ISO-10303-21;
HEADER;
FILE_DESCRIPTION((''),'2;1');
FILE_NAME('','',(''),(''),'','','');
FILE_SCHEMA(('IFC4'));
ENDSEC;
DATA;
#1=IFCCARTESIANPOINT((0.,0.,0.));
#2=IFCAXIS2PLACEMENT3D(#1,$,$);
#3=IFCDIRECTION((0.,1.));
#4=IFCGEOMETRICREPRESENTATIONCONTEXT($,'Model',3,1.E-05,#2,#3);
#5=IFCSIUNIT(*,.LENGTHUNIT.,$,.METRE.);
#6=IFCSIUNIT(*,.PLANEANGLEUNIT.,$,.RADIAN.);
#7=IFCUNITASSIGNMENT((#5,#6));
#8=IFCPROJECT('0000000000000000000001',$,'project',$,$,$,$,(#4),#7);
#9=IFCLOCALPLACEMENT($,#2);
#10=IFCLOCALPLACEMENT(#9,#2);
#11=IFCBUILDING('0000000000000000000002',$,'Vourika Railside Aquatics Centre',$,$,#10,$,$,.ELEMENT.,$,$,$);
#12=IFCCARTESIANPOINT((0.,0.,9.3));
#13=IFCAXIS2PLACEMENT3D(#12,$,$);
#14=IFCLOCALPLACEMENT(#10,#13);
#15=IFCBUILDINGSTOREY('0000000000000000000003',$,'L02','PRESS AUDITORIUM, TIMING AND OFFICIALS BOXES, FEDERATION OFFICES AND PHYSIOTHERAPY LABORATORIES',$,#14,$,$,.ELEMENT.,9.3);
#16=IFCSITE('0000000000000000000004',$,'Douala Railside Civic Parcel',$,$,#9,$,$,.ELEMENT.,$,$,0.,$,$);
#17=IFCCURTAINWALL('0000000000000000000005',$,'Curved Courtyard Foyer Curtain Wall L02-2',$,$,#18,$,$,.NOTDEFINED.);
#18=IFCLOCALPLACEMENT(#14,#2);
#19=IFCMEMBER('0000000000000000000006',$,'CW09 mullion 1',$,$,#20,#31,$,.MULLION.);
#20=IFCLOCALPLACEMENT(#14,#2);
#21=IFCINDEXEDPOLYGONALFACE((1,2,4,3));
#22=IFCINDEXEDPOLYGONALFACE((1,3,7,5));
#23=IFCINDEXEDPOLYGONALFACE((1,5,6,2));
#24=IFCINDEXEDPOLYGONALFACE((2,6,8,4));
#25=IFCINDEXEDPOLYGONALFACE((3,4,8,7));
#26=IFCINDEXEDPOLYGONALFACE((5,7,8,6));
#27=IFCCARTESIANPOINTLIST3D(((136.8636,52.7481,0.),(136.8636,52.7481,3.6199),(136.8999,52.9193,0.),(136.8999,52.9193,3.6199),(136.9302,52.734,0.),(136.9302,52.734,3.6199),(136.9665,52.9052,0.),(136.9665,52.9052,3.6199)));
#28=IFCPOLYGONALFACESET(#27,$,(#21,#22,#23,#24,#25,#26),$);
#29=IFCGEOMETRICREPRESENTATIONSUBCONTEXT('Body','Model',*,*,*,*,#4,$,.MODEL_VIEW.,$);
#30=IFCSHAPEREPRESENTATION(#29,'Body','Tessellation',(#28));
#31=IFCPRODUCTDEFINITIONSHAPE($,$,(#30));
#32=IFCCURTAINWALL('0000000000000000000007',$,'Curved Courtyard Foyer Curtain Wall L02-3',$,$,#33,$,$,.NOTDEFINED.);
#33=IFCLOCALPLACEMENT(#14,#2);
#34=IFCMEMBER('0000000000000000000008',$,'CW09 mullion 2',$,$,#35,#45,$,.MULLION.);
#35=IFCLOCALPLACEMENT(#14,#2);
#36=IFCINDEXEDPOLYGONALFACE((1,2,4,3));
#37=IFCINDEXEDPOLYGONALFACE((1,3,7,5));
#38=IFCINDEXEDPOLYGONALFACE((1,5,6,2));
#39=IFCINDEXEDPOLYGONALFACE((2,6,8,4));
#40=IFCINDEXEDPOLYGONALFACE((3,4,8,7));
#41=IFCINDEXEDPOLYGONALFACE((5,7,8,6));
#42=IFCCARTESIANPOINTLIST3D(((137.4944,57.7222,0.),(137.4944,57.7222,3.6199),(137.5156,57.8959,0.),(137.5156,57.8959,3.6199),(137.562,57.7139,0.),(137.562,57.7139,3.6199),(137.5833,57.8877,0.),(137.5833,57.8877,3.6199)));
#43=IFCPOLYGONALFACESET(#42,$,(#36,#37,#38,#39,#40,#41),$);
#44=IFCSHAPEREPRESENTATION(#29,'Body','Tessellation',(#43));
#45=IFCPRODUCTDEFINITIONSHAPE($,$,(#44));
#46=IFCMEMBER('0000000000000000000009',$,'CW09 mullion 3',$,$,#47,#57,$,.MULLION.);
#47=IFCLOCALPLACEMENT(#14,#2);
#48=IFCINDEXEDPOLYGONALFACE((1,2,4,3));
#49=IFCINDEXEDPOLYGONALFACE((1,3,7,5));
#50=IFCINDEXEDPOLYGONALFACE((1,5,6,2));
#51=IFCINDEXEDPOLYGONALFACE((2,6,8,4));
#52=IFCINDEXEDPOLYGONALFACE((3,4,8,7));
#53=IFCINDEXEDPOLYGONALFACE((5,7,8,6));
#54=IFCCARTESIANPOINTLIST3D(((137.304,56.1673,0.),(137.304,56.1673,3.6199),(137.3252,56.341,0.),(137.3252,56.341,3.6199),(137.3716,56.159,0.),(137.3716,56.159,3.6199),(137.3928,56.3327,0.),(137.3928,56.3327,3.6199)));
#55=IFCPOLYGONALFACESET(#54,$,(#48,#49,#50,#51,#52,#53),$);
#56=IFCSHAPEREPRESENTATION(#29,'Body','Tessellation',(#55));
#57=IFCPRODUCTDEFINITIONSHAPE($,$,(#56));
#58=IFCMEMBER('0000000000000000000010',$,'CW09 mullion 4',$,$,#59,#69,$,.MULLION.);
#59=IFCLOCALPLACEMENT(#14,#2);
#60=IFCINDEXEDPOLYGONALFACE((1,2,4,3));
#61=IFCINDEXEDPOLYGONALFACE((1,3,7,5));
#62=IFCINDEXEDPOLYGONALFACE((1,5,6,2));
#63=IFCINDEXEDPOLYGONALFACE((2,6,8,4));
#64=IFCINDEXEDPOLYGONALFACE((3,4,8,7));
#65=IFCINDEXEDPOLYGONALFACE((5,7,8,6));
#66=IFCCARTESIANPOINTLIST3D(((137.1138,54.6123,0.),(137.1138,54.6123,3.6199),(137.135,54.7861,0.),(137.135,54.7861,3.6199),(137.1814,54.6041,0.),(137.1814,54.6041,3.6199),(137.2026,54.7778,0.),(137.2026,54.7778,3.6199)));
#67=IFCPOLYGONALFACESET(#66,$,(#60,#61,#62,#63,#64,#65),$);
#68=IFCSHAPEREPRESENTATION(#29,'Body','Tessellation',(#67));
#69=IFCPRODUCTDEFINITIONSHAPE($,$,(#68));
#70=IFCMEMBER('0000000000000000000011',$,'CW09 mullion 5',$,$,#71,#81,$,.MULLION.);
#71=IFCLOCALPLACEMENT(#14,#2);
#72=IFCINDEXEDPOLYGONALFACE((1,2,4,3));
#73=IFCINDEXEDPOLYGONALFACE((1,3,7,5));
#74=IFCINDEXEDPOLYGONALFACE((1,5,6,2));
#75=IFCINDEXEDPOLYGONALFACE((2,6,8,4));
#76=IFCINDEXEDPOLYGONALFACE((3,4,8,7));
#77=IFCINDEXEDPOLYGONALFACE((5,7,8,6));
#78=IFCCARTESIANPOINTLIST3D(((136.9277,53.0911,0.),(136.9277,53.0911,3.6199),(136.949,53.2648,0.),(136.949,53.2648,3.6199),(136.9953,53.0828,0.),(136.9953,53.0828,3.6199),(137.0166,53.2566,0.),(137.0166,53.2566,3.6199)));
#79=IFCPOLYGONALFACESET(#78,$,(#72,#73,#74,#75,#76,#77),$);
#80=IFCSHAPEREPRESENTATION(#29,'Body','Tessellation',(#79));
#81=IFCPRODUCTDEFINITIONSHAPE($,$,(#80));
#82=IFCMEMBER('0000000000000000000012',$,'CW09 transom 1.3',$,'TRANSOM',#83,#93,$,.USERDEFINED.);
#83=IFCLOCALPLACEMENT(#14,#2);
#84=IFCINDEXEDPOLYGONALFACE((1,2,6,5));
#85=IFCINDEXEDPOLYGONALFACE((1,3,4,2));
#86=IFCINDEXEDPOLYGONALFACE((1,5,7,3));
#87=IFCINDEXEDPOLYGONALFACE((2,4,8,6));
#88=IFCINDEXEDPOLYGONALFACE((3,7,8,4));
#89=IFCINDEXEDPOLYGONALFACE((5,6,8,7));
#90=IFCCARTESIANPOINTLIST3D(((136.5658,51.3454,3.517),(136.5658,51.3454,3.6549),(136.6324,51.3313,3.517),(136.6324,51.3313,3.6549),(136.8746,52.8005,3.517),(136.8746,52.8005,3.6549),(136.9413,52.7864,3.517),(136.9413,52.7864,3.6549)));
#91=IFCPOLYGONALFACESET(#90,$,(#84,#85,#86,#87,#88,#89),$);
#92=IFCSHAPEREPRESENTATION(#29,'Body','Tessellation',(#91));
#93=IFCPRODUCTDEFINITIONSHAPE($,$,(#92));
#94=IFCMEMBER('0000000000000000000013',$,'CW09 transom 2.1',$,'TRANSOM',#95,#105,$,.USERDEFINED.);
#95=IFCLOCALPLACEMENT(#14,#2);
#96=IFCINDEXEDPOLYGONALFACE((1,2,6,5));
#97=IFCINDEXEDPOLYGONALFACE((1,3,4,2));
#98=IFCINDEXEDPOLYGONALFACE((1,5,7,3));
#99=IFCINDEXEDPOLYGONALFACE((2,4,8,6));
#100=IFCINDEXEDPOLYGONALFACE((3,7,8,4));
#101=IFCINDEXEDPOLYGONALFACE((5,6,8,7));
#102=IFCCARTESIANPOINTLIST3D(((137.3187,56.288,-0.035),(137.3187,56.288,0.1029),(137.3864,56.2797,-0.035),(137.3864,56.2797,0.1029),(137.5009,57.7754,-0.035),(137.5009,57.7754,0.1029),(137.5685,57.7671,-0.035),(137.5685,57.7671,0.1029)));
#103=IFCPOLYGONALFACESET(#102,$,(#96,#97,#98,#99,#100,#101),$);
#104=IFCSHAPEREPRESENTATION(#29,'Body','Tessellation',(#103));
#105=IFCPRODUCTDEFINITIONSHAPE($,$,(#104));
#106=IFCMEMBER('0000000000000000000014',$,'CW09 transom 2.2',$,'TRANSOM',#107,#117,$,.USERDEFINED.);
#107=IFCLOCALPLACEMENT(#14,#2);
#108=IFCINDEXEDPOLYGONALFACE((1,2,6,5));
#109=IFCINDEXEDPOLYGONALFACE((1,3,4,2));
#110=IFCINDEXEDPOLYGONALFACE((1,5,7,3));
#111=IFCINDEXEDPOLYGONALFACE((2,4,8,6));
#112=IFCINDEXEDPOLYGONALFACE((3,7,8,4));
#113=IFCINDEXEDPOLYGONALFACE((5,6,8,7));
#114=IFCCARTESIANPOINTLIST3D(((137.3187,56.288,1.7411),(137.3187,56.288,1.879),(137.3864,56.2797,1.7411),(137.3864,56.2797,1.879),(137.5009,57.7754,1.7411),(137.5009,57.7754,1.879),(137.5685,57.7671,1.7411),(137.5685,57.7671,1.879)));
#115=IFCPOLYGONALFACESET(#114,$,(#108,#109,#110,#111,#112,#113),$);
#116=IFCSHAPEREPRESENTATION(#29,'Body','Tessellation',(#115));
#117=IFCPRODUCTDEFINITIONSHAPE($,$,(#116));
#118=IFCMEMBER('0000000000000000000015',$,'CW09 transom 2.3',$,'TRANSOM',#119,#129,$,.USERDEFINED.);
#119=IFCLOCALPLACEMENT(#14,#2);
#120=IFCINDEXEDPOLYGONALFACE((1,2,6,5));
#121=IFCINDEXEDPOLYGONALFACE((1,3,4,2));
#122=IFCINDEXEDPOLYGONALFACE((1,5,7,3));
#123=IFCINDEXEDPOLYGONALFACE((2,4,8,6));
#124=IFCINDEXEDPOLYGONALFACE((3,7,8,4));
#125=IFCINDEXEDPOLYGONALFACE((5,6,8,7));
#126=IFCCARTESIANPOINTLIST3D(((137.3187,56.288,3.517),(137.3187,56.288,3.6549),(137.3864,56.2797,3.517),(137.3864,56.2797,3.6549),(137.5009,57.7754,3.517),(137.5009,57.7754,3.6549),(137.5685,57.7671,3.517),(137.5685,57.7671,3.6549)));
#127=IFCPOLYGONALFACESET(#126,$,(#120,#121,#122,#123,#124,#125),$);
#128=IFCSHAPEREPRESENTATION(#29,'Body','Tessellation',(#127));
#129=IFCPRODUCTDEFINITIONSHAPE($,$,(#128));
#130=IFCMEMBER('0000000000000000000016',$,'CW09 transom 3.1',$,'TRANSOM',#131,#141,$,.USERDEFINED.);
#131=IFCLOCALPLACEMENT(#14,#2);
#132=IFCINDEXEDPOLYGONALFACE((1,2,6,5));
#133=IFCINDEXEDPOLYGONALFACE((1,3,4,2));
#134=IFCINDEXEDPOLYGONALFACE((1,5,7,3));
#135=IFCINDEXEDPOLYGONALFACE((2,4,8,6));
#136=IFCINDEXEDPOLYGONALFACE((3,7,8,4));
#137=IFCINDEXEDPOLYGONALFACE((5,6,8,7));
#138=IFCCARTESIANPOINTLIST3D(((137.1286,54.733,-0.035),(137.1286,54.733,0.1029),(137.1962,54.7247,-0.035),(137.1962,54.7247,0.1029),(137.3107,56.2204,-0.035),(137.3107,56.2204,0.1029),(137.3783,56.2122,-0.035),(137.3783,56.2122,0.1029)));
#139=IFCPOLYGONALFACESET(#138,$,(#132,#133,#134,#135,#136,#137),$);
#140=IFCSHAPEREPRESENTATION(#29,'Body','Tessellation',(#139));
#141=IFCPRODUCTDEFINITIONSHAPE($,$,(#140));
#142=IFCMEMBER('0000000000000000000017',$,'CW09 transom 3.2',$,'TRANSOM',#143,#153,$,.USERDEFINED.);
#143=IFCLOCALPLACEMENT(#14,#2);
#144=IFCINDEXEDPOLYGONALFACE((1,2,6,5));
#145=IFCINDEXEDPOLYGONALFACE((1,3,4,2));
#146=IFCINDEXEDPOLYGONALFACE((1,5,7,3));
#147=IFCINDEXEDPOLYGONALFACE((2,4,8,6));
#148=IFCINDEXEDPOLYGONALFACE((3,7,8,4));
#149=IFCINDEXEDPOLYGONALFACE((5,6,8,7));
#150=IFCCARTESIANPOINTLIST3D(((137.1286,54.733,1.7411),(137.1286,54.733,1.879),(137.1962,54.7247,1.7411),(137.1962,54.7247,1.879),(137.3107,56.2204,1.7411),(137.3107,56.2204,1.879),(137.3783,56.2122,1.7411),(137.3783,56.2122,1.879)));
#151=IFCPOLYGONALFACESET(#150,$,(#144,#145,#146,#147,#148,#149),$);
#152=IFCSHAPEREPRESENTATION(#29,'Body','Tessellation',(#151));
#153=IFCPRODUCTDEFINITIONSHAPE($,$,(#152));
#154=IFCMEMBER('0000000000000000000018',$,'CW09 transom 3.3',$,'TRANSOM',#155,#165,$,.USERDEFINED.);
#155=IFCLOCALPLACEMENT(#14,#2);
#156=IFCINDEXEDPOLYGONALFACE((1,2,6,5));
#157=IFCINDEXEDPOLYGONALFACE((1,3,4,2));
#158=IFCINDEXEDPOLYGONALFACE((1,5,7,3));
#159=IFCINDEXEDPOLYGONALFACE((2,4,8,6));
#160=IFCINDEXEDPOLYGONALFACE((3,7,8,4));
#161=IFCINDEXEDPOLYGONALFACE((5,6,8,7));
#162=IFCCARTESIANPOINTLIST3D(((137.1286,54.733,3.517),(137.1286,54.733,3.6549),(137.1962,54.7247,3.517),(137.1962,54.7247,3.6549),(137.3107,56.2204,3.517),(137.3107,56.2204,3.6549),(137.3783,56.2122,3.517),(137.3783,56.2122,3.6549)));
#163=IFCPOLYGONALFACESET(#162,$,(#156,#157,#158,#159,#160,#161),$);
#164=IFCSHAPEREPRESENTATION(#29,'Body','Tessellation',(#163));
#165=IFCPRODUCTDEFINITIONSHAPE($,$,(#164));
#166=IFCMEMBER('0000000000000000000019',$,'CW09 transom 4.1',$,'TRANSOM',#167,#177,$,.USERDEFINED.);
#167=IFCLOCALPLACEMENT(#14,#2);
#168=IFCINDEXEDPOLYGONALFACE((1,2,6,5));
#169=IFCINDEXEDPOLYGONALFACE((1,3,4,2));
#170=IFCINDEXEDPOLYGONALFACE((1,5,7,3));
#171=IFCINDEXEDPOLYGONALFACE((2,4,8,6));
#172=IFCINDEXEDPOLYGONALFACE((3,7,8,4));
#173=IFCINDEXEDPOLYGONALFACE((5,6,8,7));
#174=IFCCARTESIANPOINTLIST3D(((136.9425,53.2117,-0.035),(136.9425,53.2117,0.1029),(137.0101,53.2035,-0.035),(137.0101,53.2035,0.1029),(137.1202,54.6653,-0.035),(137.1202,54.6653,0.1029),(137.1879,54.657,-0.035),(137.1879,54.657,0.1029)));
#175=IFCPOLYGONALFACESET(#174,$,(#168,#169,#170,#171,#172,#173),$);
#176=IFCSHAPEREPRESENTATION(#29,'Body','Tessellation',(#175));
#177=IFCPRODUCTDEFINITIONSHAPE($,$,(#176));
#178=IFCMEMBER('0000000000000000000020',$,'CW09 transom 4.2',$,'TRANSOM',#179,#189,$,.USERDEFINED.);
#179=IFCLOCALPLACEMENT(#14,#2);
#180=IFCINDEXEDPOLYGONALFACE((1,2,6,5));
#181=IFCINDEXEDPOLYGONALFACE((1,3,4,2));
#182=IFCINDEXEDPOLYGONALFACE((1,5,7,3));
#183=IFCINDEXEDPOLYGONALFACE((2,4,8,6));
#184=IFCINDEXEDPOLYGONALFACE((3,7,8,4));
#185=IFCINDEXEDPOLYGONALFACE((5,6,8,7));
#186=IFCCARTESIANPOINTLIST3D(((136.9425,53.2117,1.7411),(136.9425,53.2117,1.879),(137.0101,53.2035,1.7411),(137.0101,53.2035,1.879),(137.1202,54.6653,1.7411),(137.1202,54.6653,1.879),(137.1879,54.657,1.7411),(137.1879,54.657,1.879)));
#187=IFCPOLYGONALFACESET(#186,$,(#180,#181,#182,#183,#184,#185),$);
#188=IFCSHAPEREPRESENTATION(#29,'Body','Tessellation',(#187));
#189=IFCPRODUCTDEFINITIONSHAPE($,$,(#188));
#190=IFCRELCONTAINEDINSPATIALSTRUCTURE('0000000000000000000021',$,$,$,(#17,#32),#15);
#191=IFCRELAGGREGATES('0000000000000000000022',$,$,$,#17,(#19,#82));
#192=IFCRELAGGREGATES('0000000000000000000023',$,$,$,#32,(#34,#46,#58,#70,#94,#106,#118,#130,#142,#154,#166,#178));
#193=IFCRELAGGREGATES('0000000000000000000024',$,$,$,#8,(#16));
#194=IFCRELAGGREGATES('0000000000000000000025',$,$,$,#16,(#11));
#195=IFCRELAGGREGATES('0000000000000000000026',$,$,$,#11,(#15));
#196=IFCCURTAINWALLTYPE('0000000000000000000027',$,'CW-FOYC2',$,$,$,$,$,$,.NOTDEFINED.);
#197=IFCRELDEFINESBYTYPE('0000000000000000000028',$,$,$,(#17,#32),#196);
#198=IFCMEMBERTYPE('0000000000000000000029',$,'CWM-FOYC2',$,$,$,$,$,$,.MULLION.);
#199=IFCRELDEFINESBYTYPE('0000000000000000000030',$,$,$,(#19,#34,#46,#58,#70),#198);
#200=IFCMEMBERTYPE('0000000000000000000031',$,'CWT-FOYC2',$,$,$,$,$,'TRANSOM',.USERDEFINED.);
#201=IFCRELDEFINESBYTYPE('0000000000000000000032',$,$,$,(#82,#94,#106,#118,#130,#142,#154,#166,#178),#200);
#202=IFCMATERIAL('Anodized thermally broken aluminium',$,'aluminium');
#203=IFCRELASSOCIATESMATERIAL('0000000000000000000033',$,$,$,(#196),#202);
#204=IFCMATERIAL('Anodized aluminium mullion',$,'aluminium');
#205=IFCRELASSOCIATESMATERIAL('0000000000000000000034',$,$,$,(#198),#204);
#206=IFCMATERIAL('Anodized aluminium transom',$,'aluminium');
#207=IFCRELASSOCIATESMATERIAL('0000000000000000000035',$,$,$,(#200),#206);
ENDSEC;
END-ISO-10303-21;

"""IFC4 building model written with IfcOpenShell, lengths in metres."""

from ifc_helpers import new_model, si_unit, direction, frame, origin, origin_2d, place, context, subcontext, project, spatial, rectangle, extrude, material, material_profile, profile_set, type_object, element, aggregate, save


model = new_model("IFC4")

# Units and contexts
model_context = context("Model", 3, precision=1e-05, world=origin(), true_north=direction((0.0, 1.0)))
body_context = subcontext(model_context, "Body", "Model", "MODEL_VIEW")
ifc_project = project(units=[si_unit("LENGTHUNIT", "METRE"), si_unit("PLANEANGLEUNIT", "RADIAN")], contexts=[model_context])

# Site, building, storey
site_placement = place(None, origin())
site = spatial("IfcSite", under=ifc_project, at=site_placement, Name="Douala Railside Civic Parcel", CompositionType="ELEMENT", RefElevation=0.0)
building_placement = place(site_placement, origin())
building = spatial("IfcBuilding", under=site, at=building_placement, Name="Vourika Railside Aquatics Centre", CompositionType="ELEMENT")
storey_placement = place(building_placement, frame((0.0, 0.0, 9.3)))
storey = spatial("IfcBuildingStorey", under=building, at=storey_placement, Name="L02", Description="PRESS AUDITORIUM, TIMING AND OFFICIALS BOXES, FEDERATION OFFICES AND PHYSIOTHERAPY LABORATORIES", CompositionType="ELEMENT", Elevation=9.3)

# Curtain wall, member
ifc_material_1 = material(Name="Anodized thermally broken aluminium", Category="aluminium")
curtain_wall_type = type_object("IfcCurtainWallType", Name="CW-FOYC2", PredefinedType="NOTDEFINED", material=ifc_material_1)
curtain_wall_1_placement = place(storey_placement, origin())
curtain_wall_1 = element("IfcCurtainWall", 1, at=curtain_wall_1_placement, inside=storey, type_object=curtain_wall_type, Name="Curved Courtyard Foyer Curtain Wall L02-2", PredefinedType="NOTDEFINED")
ifc_material_2 = material(Name="Anodized aluminium mullion", Category="aluminium")
ifc_material_profile_1 = material_profile(ifc_material_2, rectangle(XDim=0.0681, YDim=0.175, at=origin_2d()), Name="ALU-M 68x175")
ifc_profile_set_1 = profile_set([ifc_material_profile_1], Name="Anodized aluminium mullion")
member_type_1 = type_object("IfcMemberType", Name="CWM-FOYC2", PredefinedType="MULLION", material=ifc_profile_set_1)
member_1_placement = place(storey_placement, frame((136.915, 52.8267, 0.0), z_axis=(0.0, 0.0, 1.0), x_axis=(0.978215, -0.207595, 0.0)))
member_1 = element("IfcMember", 2, at=member_1_placement, type_object=member_type_1, Name="CW09 mullion 1", PredefinedType="MULLION", context=body_context, shape_type="SweptSolid", body=[
    extrude(rectangle(XDim=0.0681, YDim=0.175, at=origin_2d()), origin(), (0.0, 0.0, 1.0), 3.6199),
])

# Curtain wall, members
curtain_wall_2_placement = place(storey_placement, origin())
curtain_wall_2 = element("IfcCurtainWall", 3, at=curtain_wall_2_placement, inside=storey, type_object=curtain_wall_type, Name="Curved Courtyard Foyer Curtain Wall L02-3", PredefinedType="NOTDEFINED")
member_2_placement = place(storey_placement, frame((137.5388, 57.8049, 0.0), z_axis=(0.0, 0.0, 1.0), x_axis=(0.992599, -0.121442, 0.0)))
member_2 = element("IfcMember", 4, at=member_2_placement, type_object=member_type_1, Name="CW09 mullion 2", PredefinedType="MULLION", context=body_context, shape_type="SweptSolid", body=[
    extrude(rectangle(XDim=0.0681, YDim=0.175, at=origin_2d()), origin(), (0.0, 0.0, 1.0), 3.6199),
])
member_3_placement = place(storey_placement, frame((137.3484, 56.25, 0.0), z_axis=(0.0, 0.0, 1.0), x_axis=(0.992599, -0.121442, 0.0)))
member_3 = element("IfcMember", 5, at=member_3_placement, type_object=member_type_1, Name="CW09 mullion 3", PredefinedType="MULLION", context=body_context, shape_type="SweptSolid", body=[
    extrude(rectangle(XDim=0.0681, YDim=0.175, at=origin_2d()), origin(), (0.0, 0.0, 1.0), 3.6199),
])
member_4_placement = place(storey_placement, frame((137.1582, 54.6951, 0.0), z_axis=(0.0, 0.0, 1.0), x_axis=(0.992599, -0.121442, 0.0)))
member_4 = element("IfcMember", 6, at=member_4_placement, type_object=member_type_1, Name="CW09 mullion 4", PredefinedType="MULLION", context=body_context, shape_type="SweptSolid", body=[
    extrude(rectangle(XDim=0.0681, YDim=0.175, at=origin_2d()), origin(), (0.0, 0.0, 1.0), 3.6199),
])
member_5_placement = place(storey_placement, frame((136.9722, 53.1738, 0.0), z_axis=(0.0, 0.0, 1.0), x_axis=(0.992599, -0.121442, 0.0)))
member_5 = element("IfcMember", 7, at=member_5_placement, type_object=member_type_1, Name="CW09 mullion 5", PredefinedType="MULLION", context=body_context, shape_type="SweptSolid", body=[
    extrude(rectangle(XDim=0.0681, YDim=0.175, at=origin_2d()), origin(), (0.0, 0.0, 1.0), 3.6199),
])

# Members
ifc_material_3 = material(Name="Anodized aluminium transom", Category="aluminium")
ifc_material_profile_2 = material_profile(ifc_material_3, rectangle(XDim=0.0681, YDim=0.1379, at=origin_2d()), Name="ALU-T 68x138")
ifc_profile_set_2 = profile_set([ifc_material_profile_2], Name="Anodized aluminium transom")
member_type_2 = type_object("IfcMemberType", Name="CWT-FOYC2", ElementType="TRANSOM", PredefinedType="USERDEFINED", material=ifc_profile_set_2)
member_6_placement = place(storey_placement, frame((136.908, 52.7935, 3.5859), z_axis=(-0.207623, -0.978209, 0.0), x_axis=(0.978209, -0.207623, 0.0)))
member_6 = element("IfcMember", 8, at=member_6_placement, type_object=member_type_2, Name="CW09 transom 1.3", ObjectType="TRANSOM", PredefinedType="USERDEFINED", context=body_context, shape_type="SweptSolid", body=[
    extrude(rectangle(XDim=0.0681, YDim=0.1379, at=origin_2d()), origin(), (0.0, 0.0, 1.0), 1.4875),
])
aggregate(curtain_wall_1, [member_1, member_6])
member_7_placement = place(storey_placement, frame((137.5347, 57.7712, 0.0339), z_axis=(-0.121528, -0.992588, 0.0), x_axis=(0.992588, -0.121528, 0.0)))
member_7 = element("IfcMember", 9, at=member_7_placement, type_object=member_type_2, Name="CW09 transom 2.1", ObjectType="TRANSOM", PredefinedType="USERDEFINED", context=body_context, shape_type="SweptSolid", body=[
    extrude(rectangle(XDim=0.0681, YDim=0.1379, at=origin_2d()), origin(), (0.0, 0.0, 1.0), 1.4985),
])
member_8_placement = place(storey_placement, frame((137.5347, 57.7712, 1.8101), z_axis=(-0.121528, -0.992588, 0.0), x_axis=(0.992588, -0.121528, 0.0)))
member_8 = element("IfcMember", 10, at=member_8_placement, type_object=member_type_2, Name="CW09 transom 2.2", ObjectType="TRANSOM", PredefinedType="USERDEFINED", context=body_context, shape_type="SweptSolid", body=[
    extrude(rectangle(XDim=0.0681, YDim=0.1379, at=origin_2d()), origin(), (0.0, 0.0, 1.0), 1.4985),
])
member_9_placement = place(storey_placement, frame((137.5347, 57.7712, 3.5859), z_axis=(-0.121528, -0.992588, 0.0), x_axis=(0.992588, -0.121528, 0.0)))
member_9 = element("IfcMember", 11, at=member_9_placement, type_object=member_type_2, Name="CW09 transom 2.3", ObjectType="TRANSOM", PredefinedType="USERDEFINED", context=body_context, shape_type="SweptSolid", body=[
    extrude(rectangle(XDim=0.0681, YDim=0.1379, at=origin_2d()), origin(), (0.0, 0.0, 1.0), 1.4985),
])
member_10_placement = place(storey_placement, frame((137.3445, 56.2163, 0.0339), z_axis=(-0.121528, -0.992588, 0.0), x_axis=(0.992588, -0.121528, 0.0)))
member_10 = element("IfcMember", 12, at=member_10_placement, type_object=member_type_2, Name="CW09 transom 3.1", ObjectType="TRANSOM", PredefinedType="USERDEFINED", context=body_context, shape_type="SweptSolid", body=[
    extrude(rectangle(XDim=0.0681, YDim=0.1379, at=origin_2d()), origin(), (0.0, 0.0, 1.0), 1.4985),
])
member_11_placement = place(storey_placement, frame((137.3445, 56.2163, 1.8101), z_axis=(-0.121528, -0.992588, 0.0), x_axis=(0.992588, -0.121528, 0.0)))
member_11 = element("IfcMember", 13, at=member_11_placement, type_object=member_type_2, Name="CW09 transom 3.2", ObjectType="TRANSOM", PredefinedType="USERDEFINED", context=body_context, shape_type="SweptSolid", body=[
    extrude(rectangle(XDim=0.0681, YDim=0.1379, at=origin_2d()), origin(), (0.0, 0.0, 1.0), 1.4985),
])
member_12_placement = place(storey_placement, frame((137.3445, 56.2163, 3.5859), z_axis=(-0.121528, -0.992588, 0.0), x_axis=(0.992588, -0.121528, 0.0)))
member_12 = element("IfcMember", 14, at=member_12_placement, type_object=member_type_2, Name="CW09 transom 3.3", ObjectType="TRANSOM", PredefinedType="USERDEFINED", context=body_context, shape_type="SweptSolid", body=[
    extrude(rectangle(XDim=0.0681, YDim=0.1379, at=origin_2d()), origin(), (0.0, 0.0, 1.0), 1.4985),
])
member_13_placement = place(storey_placement, frame((137.1541, 54.6611, 0.0339), z_axis=(-0.121367, -0.992608, 0.0), x_axis=(0.992608, -0.121367, 0.0)))
member_13 = element("IfcMember", 15, at=member_13_placement, type_object=member_type_2, Name="CW09 transom 4.1", ObjectType="TRANSOM", PredefinedType="USERDEFINED", context=body_context, shape_type="SweptSolid", body=[
    extrude(rectangle(XDim=0.0681, YDim=0.1379, at=origin_2d()), origin(), (0.0, 0.0, 1.0), 1.4644),
])
member_14_placement = place(storey_placement, frame((137.1541, 54.6611, 1.8101), z_axis=(-0.121367, -0.992608, 0.0), x_axis=(0.992608, -0.121367, 0.0)))
member_14 = element("IfcMember", 16, at=member_14_placement, type_object=member_type_2, Name="CW09 transom 4.2", ObjectType="TRANSOM", PredefinedType="USERDEFINED", context=body_context, shape_type="SweptSolid", body=[
    extrude(rectangle(XDim=0.0681, YDim=0.1379, at=origin_2d()), origin(), (0.0, 0.0, 1.0), 1.4644),
])

aggregate(curtain_wall_2, [member_2, member_3, member_4, member_5, member_7, member_8, member_9, member_10, member_11, member_12, member_13, member_14])

save(model, "model.ifc")
